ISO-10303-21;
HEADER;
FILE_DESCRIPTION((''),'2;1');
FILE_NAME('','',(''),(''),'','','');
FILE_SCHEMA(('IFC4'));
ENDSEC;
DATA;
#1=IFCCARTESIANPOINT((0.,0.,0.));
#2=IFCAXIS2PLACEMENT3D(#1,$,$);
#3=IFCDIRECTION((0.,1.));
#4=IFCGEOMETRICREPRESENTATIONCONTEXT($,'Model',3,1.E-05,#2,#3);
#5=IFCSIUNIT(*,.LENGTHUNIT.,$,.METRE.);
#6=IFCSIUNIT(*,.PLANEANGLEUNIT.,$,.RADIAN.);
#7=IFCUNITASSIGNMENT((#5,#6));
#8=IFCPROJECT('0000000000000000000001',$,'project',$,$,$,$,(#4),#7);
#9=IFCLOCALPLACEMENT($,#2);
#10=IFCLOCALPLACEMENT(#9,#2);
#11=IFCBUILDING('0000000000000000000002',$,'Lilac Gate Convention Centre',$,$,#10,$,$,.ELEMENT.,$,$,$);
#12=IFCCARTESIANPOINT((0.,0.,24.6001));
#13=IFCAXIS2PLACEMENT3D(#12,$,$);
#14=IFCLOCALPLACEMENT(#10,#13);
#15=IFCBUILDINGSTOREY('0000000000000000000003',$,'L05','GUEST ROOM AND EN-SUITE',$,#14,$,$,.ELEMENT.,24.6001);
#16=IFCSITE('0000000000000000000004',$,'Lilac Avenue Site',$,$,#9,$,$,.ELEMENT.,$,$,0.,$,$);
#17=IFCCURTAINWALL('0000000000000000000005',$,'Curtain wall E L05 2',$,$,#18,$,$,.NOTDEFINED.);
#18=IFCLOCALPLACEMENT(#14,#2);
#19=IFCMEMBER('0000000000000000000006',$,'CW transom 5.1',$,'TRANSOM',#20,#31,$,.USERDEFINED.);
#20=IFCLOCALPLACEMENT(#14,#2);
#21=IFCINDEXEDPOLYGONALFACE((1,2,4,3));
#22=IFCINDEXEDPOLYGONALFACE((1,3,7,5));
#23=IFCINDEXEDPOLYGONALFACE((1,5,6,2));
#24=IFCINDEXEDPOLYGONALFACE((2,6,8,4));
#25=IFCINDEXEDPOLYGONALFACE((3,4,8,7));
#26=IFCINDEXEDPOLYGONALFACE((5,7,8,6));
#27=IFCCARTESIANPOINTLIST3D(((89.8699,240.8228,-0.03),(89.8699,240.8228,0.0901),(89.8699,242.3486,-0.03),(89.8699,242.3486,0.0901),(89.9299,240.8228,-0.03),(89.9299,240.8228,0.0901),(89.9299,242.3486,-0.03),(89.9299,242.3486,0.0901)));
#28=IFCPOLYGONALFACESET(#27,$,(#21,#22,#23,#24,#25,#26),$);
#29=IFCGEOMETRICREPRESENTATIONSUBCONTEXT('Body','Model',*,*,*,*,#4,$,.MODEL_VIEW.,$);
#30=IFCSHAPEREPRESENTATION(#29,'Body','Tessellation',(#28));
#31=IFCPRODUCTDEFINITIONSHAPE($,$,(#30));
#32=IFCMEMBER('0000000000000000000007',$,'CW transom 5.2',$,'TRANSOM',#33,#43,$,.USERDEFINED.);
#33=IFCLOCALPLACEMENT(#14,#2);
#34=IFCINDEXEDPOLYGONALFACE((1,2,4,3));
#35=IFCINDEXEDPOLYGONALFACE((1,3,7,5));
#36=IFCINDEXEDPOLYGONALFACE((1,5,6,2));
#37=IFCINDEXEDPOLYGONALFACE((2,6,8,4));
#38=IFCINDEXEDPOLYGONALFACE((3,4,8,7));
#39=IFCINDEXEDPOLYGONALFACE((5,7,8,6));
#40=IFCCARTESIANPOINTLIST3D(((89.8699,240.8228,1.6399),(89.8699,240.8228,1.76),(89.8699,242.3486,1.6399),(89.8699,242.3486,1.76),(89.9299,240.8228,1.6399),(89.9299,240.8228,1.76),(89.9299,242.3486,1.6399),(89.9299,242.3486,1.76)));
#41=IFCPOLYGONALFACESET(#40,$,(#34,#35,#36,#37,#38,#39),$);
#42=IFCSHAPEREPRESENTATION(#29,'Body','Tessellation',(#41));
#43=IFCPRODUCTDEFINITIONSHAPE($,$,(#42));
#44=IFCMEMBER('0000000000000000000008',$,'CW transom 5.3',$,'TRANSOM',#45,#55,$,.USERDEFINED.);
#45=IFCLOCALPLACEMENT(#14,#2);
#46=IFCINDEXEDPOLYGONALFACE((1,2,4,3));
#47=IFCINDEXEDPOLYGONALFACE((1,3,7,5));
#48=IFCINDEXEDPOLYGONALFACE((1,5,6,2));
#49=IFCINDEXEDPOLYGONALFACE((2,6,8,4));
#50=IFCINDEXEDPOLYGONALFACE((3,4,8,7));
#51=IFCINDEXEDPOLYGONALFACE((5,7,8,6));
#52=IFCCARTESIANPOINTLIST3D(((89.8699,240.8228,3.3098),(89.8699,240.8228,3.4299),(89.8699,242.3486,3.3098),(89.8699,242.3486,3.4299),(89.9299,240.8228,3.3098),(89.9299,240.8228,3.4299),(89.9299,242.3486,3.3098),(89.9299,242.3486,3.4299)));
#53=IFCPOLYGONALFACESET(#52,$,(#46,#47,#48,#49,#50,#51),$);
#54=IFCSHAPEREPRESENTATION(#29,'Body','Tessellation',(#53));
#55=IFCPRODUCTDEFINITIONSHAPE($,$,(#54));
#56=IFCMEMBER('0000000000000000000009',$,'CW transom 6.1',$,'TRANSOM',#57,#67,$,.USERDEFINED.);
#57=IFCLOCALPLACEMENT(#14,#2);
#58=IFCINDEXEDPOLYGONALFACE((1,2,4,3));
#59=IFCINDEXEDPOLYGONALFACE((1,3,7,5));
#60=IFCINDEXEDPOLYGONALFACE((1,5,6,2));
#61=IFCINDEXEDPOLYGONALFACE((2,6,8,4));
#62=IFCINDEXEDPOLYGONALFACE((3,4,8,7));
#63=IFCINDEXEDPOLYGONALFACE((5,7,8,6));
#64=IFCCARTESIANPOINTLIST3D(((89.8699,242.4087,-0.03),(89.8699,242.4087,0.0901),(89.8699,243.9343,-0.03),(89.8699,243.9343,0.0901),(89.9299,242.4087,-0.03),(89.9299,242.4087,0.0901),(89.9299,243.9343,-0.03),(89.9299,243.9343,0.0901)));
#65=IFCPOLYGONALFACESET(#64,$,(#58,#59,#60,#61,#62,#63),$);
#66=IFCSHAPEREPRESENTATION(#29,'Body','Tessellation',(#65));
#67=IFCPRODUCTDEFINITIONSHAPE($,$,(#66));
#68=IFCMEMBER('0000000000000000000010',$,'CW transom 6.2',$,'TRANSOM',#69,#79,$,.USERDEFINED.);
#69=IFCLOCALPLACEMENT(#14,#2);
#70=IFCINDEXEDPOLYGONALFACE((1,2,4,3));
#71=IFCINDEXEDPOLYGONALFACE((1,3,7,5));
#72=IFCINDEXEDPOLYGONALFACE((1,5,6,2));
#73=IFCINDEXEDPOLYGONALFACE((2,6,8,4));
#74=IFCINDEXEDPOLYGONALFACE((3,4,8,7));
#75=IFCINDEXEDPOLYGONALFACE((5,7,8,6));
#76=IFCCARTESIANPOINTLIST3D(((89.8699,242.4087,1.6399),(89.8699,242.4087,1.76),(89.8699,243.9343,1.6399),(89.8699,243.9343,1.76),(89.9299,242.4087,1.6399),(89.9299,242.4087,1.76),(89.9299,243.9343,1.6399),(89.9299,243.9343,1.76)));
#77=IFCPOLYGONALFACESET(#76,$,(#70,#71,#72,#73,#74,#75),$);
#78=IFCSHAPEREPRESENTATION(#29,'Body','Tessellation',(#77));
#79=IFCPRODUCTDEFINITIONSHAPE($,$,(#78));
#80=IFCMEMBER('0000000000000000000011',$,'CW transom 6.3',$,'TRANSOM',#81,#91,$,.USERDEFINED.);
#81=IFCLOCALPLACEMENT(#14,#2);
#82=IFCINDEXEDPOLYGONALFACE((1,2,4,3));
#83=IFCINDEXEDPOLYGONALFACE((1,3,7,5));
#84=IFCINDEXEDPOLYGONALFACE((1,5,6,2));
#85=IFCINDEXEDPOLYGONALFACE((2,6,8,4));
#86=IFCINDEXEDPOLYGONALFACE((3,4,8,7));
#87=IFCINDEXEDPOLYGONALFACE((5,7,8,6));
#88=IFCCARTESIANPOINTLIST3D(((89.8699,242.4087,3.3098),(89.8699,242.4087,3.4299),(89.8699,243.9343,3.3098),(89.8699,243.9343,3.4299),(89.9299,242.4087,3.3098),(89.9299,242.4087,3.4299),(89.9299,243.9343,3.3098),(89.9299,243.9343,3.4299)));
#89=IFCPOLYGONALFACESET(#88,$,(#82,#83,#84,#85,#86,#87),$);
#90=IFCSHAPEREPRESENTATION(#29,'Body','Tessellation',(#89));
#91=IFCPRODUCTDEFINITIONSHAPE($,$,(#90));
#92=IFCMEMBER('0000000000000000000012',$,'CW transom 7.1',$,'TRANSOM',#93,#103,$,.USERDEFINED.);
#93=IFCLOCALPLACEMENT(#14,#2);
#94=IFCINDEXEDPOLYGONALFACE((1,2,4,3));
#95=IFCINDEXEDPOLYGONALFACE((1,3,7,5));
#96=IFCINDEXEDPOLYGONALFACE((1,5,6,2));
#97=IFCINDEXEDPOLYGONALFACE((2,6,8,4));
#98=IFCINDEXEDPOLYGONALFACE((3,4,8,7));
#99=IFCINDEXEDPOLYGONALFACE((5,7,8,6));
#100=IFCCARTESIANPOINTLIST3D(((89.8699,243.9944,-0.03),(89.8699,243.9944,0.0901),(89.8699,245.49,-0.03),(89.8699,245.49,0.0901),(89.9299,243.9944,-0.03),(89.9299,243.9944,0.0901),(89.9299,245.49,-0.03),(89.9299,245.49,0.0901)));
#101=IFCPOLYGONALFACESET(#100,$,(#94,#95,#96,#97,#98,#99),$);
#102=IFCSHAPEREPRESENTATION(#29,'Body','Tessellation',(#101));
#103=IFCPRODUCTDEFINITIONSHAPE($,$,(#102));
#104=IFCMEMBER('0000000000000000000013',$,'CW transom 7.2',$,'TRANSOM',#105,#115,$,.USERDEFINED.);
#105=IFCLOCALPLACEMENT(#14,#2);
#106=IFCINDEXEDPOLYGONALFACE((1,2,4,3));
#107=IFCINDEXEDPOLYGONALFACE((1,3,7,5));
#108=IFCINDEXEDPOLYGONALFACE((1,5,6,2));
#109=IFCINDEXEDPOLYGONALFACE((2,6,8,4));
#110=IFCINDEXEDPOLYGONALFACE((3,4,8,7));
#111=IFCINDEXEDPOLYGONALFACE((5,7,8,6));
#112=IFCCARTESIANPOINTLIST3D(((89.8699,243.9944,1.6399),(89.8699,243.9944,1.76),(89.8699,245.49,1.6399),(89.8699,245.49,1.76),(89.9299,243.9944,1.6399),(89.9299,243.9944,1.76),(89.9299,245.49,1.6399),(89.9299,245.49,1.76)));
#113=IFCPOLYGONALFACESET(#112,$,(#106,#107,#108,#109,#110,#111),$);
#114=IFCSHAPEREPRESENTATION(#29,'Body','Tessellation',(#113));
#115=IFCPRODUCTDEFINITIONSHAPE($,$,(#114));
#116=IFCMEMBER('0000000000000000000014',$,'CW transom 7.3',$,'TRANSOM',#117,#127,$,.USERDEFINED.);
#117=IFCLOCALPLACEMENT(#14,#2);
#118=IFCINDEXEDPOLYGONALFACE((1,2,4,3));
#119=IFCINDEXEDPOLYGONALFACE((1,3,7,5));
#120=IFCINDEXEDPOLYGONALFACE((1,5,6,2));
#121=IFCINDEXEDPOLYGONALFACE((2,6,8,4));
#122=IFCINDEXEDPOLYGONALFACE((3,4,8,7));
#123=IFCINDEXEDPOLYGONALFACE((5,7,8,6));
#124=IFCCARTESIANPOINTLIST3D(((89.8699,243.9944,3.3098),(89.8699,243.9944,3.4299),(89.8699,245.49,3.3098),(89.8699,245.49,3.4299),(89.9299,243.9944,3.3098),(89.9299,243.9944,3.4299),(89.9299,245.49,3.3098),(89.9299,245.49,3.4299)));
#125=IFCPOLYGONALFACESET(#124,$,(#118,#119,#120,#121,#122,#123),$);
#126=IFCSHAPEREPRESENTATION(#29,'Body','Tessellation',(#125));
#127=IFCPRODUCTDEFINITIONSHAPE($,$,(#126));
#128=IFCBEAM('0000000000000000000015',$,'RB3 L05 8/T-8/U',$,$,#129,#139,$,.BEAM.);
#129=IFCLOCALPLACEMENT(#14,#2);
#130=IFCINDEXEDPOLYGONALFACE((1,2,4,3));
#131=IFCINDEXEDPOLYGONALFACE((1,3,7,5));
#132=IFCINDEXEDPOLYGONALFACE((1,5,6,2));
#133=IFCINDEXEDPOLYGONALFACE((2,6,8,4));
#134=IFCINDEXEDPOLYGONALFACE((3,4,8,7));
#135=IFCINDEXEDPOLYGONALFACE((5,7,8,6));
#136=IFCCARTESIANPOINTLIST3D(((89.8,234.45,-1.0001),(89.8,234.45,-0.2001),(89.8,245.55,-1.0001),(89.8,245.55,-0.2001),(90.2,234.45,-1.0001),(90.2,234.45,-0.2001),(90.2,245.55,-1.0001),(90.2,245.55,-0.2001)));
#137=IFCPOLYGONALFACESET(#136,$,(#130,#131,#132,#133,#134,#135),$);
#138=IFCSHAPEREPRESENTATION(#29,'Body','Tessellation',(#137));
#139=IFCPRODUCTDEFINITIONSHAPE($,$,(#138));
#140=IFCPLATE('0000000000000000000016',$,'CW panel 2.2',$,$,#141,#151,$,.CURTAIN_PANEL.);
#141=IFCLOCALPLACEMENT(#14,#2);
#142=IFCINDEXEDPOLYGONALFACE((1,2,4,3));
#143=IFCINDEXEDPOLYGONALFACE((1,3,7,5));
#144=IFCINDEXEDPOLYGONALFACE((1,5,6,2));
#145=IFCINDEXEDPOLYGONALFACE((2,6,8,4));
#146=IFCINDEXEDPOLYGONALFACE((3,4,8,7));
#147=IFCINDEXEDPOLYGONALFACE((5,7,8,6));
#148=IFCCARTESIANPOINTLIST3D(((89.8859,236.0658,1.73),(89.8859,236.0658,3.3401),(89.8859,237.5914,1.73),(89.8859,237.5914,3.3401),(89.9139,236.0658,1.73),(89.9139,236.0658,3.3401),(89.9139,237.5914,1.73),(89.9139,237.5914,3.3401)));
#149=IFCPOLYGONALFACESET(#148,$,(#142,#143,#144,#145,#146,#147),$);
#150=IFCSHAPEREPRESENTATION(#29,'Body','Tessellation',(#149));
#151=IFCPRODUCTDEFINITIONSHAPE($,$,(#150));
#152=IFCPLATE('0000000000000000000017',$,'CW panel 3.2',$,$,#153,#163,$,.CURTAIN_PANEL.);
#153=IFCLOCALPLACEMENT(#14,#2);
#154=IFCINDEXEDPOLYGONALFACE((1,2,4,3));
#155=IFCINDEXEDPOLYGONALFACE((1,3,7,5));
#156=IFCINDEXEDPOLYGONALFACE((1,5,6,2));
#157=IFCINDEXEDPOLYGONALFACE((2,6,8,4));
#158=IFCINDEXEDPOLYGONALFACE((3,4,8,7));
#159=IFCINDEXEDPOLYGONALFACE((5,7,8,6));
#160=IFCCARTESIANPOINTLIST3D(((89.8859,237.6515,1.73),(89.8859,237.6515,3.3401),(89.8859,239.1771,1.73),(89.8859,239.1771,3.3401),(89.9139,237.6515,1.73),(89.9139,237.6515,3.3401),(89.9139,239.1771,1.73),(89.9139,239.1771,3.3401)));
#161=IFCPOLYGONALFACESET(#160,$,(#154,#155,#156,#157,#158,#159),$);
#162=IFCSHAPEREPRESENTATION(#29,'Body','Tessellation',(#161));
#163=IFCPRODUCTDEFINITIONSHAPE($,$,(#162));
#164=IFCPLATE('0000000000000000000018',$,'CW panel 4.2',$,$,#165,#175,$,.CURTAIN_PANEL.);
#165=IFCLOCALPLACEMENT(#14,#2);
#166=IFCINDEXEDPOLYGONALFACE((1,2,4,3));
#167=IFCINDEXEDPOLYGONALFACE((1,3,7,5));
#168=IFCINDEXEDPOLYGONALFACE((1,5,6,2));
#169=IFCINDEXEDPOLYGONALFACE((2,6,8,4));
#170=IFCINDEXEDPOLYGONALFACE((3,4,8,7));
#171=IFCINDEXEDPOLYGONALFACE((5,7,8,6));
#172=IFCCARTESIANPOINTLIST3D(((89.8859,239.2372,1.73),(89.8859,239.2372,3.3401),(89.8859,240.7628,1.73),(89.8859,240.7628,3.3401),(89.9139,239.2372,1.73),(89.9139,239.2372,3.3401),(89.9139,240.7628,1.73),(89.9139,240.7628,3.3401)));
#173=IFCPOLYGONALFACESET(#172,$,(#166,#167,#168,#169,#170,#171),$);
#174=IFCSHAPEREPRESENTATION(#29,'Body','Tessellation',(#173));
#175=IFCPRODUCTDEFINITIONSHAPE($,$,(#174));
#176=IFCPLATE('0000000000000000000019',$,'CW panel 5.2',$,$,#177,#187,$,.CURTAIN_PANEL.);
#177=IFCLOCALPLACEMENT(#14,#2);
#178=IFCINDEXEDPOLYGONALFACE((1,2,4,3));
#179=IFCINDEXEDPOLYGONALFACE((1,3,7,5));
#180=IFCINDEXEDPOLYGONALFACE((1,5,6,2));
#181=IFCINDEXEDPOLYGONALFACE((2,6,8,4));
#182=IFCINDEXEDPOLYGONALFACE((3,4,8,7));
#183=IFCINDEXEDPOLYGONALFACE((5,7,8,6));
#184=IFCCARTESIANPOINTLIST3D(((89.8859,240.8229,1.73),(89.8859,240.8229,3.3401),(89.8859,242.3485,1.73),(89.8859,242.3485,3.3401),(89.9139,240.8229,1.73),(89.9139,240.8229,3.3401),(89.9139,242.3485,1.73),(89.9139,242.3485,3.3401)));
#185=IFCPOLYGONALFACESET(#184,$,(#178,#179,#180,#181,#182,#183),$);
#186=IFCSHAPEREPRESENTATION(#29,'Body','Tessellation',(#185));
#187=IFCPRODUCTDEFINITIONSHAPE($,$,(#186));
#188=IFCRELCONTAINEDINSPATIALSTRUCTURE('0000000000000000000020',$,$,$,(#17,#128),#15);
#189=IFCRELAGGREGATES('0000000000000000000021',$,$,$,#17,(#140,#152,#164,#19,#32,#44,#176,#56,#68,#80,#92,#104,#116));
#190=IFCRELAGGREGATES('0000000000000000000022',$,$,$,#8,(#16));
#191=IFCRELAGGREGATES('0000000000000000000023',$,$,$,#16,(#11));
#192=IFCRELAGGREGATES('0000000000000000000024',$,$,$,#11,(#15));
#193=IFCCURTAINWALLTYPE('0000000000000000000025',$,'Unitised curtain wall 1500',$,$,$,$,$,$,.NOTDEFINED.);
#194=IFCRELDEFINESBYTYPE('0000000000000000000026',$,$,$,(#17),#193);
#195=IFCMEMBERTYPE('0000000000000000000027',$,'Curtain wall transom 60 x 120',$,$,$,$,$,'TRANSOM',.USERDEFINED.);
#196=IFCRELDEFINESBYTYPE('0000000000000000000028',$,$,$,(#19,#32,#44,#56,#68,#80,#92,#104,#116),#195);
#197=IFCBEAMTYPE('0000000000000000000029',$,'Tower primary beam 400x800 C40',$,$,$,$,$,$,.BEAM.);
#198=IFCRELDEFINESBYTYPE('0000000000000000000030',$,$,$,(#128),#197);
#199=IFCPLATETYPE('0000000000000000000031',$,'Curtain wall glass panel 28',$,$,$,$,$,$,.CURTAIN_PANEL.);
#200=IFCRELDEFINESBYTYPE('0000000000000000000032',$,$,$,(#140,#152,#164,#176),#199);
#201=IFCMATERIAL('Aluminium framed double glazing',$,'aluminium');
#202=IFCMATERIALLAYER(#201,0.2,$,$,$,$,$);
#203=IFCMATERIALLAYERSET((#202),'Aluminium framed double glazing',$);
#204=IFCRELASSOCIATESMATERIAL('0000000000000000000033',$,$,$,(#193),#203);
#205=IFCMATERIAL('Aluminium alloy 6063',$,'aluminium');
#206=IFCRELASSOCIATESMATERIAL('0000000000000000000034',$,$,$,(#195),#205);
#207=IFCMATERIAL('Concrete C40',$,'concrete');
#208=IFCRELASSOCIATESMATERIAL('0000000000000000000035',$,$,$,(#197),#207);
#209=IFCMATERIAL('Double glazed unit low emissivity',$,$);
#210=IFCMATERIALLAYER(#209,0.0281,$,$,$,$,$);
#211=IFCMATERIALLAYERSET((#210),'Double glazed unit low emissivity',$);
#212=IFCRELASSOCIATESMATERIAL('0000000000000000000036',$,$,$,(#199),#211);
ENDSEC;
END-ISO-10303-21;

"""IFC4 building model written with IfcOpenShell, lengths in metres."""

from ifc_helpers import new_model, si_unit, direction, frame, origin, origin_2d, place, context, subcontext, project, spatial, rectangle, extrude, material, layer, layer_set, material_profile, profile_set, type_object, element, aggregate, save


model = new_model("IFC4")

# Units and contexts
model_context = context("Model", 3, precision=1e-05, world=origin(), true_north=direction((0.0, 1.0)))
body_context = subcontext(model_context, "Body", "Model", "MODEL_VIEW")
ifc_project = project(units=[si_unit("LENGTHUNIT", "METRE"), si_unit("PLANEANGLEUNIT", "RADIAN")], contexts=[model_context])

# Site, building, storey
site_placement = place(None, origin())
site = spatial("IfcSite", under=ifc_project, at=site_placement, Name="Lilac Avenue Site", CompositionType="ELEMENT", RefElevation=0.0)
building_placement = place(site_placement, origin())
building = spatial("IfcBuilding", under=site, at=building_placement, Name="Lilac Gate Convention Centre", CompositionType="ELEMENT")
storey_placement = place(building_placement, frame((0.0, 0.0, 24.6001)))
storey = spatial("IfcBuildingStorey", under=building, at=storey_placement, Name="L05", Description="GUEST ROOM AND EN-SUITE", CompositionType="ELEMENT", Elevation=24.6001)

# Curtain wall, members
ifc_material_1 = material(Name="Aluminium framed double glazing", Category="aluminium")
ifc_layer_1 = layer(ifc_material_1, 0.2)
ifc_layer_set_1 = layer_set([ifc_layer_1], Name="Aluminium framed double glazing")
curtain_wall_type = type_object("IfcCurtainWallType", Name="Unitised curtain wall 1500", PredefinedType="NOTDEFINED", material=ifc_layer_set_1)
curtain_wall_placement = place(storey_placement, origin())
curtain_wall = element("IfcCurtainWall", 1, at=curtain_wall_placement, inside=storey, type_object=curtain_wall_type, Name="Curtain wall E L05 2", PredefinedType="NOTDEFINED")
ifc_material_2 = material(Name="Aluminium alloy 6063", Category="aluminium")
ifc_material_profile_1 = material_profile(ifc_material_2, rectangle(XDim=0.0601, YDim=0.1201, at=origin_2d()), Name="Curtain wall transom 60 x 120")
ifc_profile_set_1 = profile_set([ifc_material_profile_1], Name="Aluminium alloy 6063")
member_type_1 = type_object("IfcMemberType", Name="Curtain wall transom 60 x 120", ElementType="TRANSOM", PredefinedType="USERDEFINED", material=ifc_profile_set_1)
member_1_placement = place(storey_placement, frame((89.8999, 240.8228, 0.03), z_axis=(0.0, 1.0, 0.0), x_axis=(-1.0, 0.0, 0.0)))
member_1 = element("IfcMember", 2, at=member_1_placement, type_object=member_type_1, Name="CW transom 5.1", ObjectType="TRANSOM", PredefinedType="USERDEFINED", context=body_context, shape_type="SweptSolid", body=[
    extrude(rectangle(XDim=0.0601, YDim=0.1201, at=origin_2d()), origin(), (0.0, 0.0, 1.0), 1.5259),
])
member_2_placement = place(storey_placement, frame((89.8999, 240.8228, 1.7), z_axis=(0.0, 1.0, 0.0), x_axis=(-1.0, 0.0, 0.0)))
member_2 = element("IfcMember", 3, at=member_2_placement, type_object=member_type_1, Name="CW transom 5.2", ObjectType="TRANSOM", PredefinedType="USERDEFINED", context=body_context, shape_type="SweptSolid", body=[
    extrude(rectangle(XDim=0.0601, YDim=0.1201, at=origin_2d()), origin(), (0.0, 0.0, 1.0), 1.5259),
])
member_3_placement = place(storey_placement, frame((89.8999, 240.8228, 3.3699), z_axis=(0.0, 1.0, 0.0), x_axis=(-1.0, 0.0, 0.0)))
member_3 = element("IfcMember", 4, at=member_3_placement, type_object=member_type_1, Name="CW transom 5.3", ObjectType="TRANSOM", PredefinedType="USERDEFINED", context=body_context, shape_type="SweptSolid", body=[
    extrude(rectangle(XDim=0.0601, YDim=0.1201, at=origin_2d()), origin(), (0.0, 0.0, 1.0), 1.5259),
])
member_4_placement = place(storey_placement, frame((89.8999, 242.4087, 0.03), z_axis=(0.0, 1.0, 0.0), x_axis=(-1.0, 0.0, 0.0)))
member_4 = element("IfcMember", 5, at=member_4_placement, type_object=member_type_1, Name="CW transom 6.1", ObjectType="TRANSOM", PredefinedType="USERDEFINED", context=body_context, shape_type="SweptSolid", body=[
    extrude(rectangle(XDim=0.0601, YDim=0.1201, at=origin_2d()), origin(), (0.0, 0.0, 1.0), 1.5256),
])
member_5_placement = place(storey_placement, frame((89.8999, 242.4087, 1.7), z_axis=(0.0, 1.0, 0.0), x_axis=(-1.0, 0.0, 0.0)))
member_5 = element("IfcMember", 6, at=member_5_placement, type_object=member_type_1, Name="CW transom 6.2", ObjectType="TRANSOM", PredefinedType="USERDEFINED", context=body_context, shape_type="SweptSolid", body=[
    extrude(rectangle(XDim=0.0601, YDim=0.1201, at=origin_2d()), origin(), (0.0, 0.0, 1.0), 1.5256),
])
member_6_placement = place(storey_placement, frame((89.8999, 242.4087, 3.3699), z_axis=(0.0, 1.0, 0.0), x_axis=(-1.0, 0.0, 0.0)))
member_6 = element("IfcMember", 7, at=member_6_placement, type_object=member_type_1, Name="CW transom 6.3", ObjectType="TRANSOM", PredefinedType="USERDEFINED", context=body_context, shape_type="SweptSolid", body=[
    extrude(rectangle(XDim=0.0601, YDim=0.1201, at=origin_2d()), origin(), (0.0, 0.0, 1.0), 1.5256),
])
member_7_placement = place(storey_placement, frame((89.8999, 243.9944, 0.03), z_axis=(0.0, 1.0, 0.0), x_axis=(-1.0, 0.0, 0.0)))
member_7 = element("IfcMember", 8, at=member_7_placement, type_object=member_type_1, Name="CW transom 7.1", ObjectType="TRANSOM", PredefinedType="USERDEFINED", context=body_context, shape_type="SweptSolid", body=[
    extrude(rectangle(XDim=0.0601, YDim=0.1201, at=origin_2d()), origin(), (0.0, 0.0, 1.0), 1.4956),
])
member_8_placement = place(storey_placement, frame((89.8999, 243.9944, 1.7), z_axis=(0.0, 1.0, 0.0), x_axis=(-1.0, 0.0, 0.0)))
member_8 = element("IfcMember", 9, at=member_8_placement, type_object=member_type_1, Name="CW transom 7.2", ObjectType="TRANSOM", PredefinedType="USERDEFINED", context=body_context, shape_type="SweptSolid", body=[
    extrude(rectangle(XDim=0.0601, YDim=0.1201, at=origin_2d()), origin(), (0.0, 0.0, 1.0), 1.4956),
])
member_9_placement = place(storey_placement, frame((89.8999, 243.9944, 3.3699), z_axis=(0.0, 1.0, 0.0), x_axis=(-1.0, 0.0, 0.0)))
member_9 = element("IfcMember", 10, at=member_9_placement, type_object=member_type_1, Name="CW transom 7.3", ObjectType="TRANSOM", PredefinedType="USERDEFINED", context=body_context, shape_type="SweptSolid", body=[
    extrude(rectangle(XDim=0.0601, YDim=0.1201, at=origin_2d()), origin(), (0.0, 0.0, 1.0), 1.4956),
])

# Beam
ifc_material_3 = material(Name="Concrete C40", Category="concrete")
ifc_material_profile_2 = material_profile(ifc_material_3, rectangle(XDim=0.3999, YDim=0.8, at=origin_2d()), Name="RC 400x800")
ifc_profile_set_2 = profile_set([ifc_material_profile_2], Name="Concrete C40")
beam_type = type_object("IfcBeamType", Name="Tower primary beam 400x800 C40", PredefinedType="BEAM", material=ifc_profile_set_2)
beam_placement = place(storey_placement, frame((90.0, 234.45, -0.6001), z_axis=(0.0, 1.0, 0.0), x_axis=(-1.0, 0.0, 0.0)))
element("IfcBeam", 11, at=beam_placement, inside=storey, type_object=beam_type, Name="RB3 L05 8/T-8/U", PredefinedType="BEAM", context=body_context, shape_type="SweptSolid", body=[
    extrude(rectangle(XDim=0.3999, YDim=0.8, at=origin_2d()), origin(), (0.0, 0.0, 1.0), 11.1001),
])

# Plates
ifc_material_4 = material(Name="Double glazed unit low emissivity")
ifc_layer_2 = layer(ifc_material_4, 0.0281)
ifc_layer_set_2 = layer_set([ifc_layer_2], Name="Double glazed unit low emissivity")
plate_type_1 = type_object("IfcPlateType", Name="Curtain wall glass panel 28", PredefinedType="CURTAIN_PANEL", material=ifc_layer_set_2)
plate_1_placement = place(storey_placement, frame((89.8999, 236.8286, 1.73), z_axis=(0.0, 0.0, 1.0), x_axis=(0.0, 1.0, 0.0)))
plate_1 = element("IfcPlate", 12, at=plate_1_placement, type_object=plate_type_1, Name="CW panel 2.2", PredefinedType="CURTAIN_PANEL", context=body_context, shape_type="SweptSolid", body=[
    extrude(rectangle(XDim=1.5256, YDim=0.0281, at=origin_2d()), origin(), (0.0, 0.0, 1.0), 1.6101),
])
plate_2_placement = place(storey_placement, frame((89.8999, 238.4143, 1.73), z_axis=(0.0, 0.0, 1.0), x_axis=(0.0, 1.0, 0.0)))
plate_2 = element("IfcPlate", 13, at=plate_2_placement, type_object=plate_type_1, Name="CW panel 3.2", PredefinedType="CURTAIN_PANEL", context=body_context, shape_type="SweptSolid", body=[
    extrude(rectangle(XDim=1.5256, YDim=0.0281, at=origin_2d()), origin(), (0.0, 0.0, 1.0), 1.6101),
])
plate_3_placement = place(storey_placement, frame((89.8999, 240.0, 1.73), z_axis=(0.0, 0.0, 1.0), x_axis=(0.0, 1.0, 0.0)))
plate_3 = element("IfcPlate", 14, at=plate_3_placement, type_object=plate_type_1, Name="CW panel 4.2", PredefinedType="CURTAIN_PANEL", context=body_context, shape_type="SweptSolid", body=[
    extrude(rectangle(XDim=1.5256, YDim=0.0281, at=origin_2d()), origin(), (0.0, 0.0, 1.0), 1.6101),
])
plate_4_placement = place(storey_placement, frame((89.8999, 241.5857, 1.73), z_axis=(0.0, 0.0, 1.0), x_axis=(0.0, 1.0, 0.0)))
plate_4 = element("IfcPlate", 15, at=plate_4_placement, type_object=plate_type_1, Name="CW panel 5.2", PredefinedType="CURTAIN_PANEL", context=body_context, shape_type="SweptSolid", body=[
    extrude(rectangle(XDim=1.5256, YDim=0.0281, at=origin_2d()), origin(), (0.0, 0.0, 1.0), 1.6101),
])
aggregate(curtain_wall, [plate_1, plate_2, plate_3, member_1, member_2, member_3, plate_4, member_4, member_5, member_6, member_7, member_8, member_9])

save(model, "model.ifc")
